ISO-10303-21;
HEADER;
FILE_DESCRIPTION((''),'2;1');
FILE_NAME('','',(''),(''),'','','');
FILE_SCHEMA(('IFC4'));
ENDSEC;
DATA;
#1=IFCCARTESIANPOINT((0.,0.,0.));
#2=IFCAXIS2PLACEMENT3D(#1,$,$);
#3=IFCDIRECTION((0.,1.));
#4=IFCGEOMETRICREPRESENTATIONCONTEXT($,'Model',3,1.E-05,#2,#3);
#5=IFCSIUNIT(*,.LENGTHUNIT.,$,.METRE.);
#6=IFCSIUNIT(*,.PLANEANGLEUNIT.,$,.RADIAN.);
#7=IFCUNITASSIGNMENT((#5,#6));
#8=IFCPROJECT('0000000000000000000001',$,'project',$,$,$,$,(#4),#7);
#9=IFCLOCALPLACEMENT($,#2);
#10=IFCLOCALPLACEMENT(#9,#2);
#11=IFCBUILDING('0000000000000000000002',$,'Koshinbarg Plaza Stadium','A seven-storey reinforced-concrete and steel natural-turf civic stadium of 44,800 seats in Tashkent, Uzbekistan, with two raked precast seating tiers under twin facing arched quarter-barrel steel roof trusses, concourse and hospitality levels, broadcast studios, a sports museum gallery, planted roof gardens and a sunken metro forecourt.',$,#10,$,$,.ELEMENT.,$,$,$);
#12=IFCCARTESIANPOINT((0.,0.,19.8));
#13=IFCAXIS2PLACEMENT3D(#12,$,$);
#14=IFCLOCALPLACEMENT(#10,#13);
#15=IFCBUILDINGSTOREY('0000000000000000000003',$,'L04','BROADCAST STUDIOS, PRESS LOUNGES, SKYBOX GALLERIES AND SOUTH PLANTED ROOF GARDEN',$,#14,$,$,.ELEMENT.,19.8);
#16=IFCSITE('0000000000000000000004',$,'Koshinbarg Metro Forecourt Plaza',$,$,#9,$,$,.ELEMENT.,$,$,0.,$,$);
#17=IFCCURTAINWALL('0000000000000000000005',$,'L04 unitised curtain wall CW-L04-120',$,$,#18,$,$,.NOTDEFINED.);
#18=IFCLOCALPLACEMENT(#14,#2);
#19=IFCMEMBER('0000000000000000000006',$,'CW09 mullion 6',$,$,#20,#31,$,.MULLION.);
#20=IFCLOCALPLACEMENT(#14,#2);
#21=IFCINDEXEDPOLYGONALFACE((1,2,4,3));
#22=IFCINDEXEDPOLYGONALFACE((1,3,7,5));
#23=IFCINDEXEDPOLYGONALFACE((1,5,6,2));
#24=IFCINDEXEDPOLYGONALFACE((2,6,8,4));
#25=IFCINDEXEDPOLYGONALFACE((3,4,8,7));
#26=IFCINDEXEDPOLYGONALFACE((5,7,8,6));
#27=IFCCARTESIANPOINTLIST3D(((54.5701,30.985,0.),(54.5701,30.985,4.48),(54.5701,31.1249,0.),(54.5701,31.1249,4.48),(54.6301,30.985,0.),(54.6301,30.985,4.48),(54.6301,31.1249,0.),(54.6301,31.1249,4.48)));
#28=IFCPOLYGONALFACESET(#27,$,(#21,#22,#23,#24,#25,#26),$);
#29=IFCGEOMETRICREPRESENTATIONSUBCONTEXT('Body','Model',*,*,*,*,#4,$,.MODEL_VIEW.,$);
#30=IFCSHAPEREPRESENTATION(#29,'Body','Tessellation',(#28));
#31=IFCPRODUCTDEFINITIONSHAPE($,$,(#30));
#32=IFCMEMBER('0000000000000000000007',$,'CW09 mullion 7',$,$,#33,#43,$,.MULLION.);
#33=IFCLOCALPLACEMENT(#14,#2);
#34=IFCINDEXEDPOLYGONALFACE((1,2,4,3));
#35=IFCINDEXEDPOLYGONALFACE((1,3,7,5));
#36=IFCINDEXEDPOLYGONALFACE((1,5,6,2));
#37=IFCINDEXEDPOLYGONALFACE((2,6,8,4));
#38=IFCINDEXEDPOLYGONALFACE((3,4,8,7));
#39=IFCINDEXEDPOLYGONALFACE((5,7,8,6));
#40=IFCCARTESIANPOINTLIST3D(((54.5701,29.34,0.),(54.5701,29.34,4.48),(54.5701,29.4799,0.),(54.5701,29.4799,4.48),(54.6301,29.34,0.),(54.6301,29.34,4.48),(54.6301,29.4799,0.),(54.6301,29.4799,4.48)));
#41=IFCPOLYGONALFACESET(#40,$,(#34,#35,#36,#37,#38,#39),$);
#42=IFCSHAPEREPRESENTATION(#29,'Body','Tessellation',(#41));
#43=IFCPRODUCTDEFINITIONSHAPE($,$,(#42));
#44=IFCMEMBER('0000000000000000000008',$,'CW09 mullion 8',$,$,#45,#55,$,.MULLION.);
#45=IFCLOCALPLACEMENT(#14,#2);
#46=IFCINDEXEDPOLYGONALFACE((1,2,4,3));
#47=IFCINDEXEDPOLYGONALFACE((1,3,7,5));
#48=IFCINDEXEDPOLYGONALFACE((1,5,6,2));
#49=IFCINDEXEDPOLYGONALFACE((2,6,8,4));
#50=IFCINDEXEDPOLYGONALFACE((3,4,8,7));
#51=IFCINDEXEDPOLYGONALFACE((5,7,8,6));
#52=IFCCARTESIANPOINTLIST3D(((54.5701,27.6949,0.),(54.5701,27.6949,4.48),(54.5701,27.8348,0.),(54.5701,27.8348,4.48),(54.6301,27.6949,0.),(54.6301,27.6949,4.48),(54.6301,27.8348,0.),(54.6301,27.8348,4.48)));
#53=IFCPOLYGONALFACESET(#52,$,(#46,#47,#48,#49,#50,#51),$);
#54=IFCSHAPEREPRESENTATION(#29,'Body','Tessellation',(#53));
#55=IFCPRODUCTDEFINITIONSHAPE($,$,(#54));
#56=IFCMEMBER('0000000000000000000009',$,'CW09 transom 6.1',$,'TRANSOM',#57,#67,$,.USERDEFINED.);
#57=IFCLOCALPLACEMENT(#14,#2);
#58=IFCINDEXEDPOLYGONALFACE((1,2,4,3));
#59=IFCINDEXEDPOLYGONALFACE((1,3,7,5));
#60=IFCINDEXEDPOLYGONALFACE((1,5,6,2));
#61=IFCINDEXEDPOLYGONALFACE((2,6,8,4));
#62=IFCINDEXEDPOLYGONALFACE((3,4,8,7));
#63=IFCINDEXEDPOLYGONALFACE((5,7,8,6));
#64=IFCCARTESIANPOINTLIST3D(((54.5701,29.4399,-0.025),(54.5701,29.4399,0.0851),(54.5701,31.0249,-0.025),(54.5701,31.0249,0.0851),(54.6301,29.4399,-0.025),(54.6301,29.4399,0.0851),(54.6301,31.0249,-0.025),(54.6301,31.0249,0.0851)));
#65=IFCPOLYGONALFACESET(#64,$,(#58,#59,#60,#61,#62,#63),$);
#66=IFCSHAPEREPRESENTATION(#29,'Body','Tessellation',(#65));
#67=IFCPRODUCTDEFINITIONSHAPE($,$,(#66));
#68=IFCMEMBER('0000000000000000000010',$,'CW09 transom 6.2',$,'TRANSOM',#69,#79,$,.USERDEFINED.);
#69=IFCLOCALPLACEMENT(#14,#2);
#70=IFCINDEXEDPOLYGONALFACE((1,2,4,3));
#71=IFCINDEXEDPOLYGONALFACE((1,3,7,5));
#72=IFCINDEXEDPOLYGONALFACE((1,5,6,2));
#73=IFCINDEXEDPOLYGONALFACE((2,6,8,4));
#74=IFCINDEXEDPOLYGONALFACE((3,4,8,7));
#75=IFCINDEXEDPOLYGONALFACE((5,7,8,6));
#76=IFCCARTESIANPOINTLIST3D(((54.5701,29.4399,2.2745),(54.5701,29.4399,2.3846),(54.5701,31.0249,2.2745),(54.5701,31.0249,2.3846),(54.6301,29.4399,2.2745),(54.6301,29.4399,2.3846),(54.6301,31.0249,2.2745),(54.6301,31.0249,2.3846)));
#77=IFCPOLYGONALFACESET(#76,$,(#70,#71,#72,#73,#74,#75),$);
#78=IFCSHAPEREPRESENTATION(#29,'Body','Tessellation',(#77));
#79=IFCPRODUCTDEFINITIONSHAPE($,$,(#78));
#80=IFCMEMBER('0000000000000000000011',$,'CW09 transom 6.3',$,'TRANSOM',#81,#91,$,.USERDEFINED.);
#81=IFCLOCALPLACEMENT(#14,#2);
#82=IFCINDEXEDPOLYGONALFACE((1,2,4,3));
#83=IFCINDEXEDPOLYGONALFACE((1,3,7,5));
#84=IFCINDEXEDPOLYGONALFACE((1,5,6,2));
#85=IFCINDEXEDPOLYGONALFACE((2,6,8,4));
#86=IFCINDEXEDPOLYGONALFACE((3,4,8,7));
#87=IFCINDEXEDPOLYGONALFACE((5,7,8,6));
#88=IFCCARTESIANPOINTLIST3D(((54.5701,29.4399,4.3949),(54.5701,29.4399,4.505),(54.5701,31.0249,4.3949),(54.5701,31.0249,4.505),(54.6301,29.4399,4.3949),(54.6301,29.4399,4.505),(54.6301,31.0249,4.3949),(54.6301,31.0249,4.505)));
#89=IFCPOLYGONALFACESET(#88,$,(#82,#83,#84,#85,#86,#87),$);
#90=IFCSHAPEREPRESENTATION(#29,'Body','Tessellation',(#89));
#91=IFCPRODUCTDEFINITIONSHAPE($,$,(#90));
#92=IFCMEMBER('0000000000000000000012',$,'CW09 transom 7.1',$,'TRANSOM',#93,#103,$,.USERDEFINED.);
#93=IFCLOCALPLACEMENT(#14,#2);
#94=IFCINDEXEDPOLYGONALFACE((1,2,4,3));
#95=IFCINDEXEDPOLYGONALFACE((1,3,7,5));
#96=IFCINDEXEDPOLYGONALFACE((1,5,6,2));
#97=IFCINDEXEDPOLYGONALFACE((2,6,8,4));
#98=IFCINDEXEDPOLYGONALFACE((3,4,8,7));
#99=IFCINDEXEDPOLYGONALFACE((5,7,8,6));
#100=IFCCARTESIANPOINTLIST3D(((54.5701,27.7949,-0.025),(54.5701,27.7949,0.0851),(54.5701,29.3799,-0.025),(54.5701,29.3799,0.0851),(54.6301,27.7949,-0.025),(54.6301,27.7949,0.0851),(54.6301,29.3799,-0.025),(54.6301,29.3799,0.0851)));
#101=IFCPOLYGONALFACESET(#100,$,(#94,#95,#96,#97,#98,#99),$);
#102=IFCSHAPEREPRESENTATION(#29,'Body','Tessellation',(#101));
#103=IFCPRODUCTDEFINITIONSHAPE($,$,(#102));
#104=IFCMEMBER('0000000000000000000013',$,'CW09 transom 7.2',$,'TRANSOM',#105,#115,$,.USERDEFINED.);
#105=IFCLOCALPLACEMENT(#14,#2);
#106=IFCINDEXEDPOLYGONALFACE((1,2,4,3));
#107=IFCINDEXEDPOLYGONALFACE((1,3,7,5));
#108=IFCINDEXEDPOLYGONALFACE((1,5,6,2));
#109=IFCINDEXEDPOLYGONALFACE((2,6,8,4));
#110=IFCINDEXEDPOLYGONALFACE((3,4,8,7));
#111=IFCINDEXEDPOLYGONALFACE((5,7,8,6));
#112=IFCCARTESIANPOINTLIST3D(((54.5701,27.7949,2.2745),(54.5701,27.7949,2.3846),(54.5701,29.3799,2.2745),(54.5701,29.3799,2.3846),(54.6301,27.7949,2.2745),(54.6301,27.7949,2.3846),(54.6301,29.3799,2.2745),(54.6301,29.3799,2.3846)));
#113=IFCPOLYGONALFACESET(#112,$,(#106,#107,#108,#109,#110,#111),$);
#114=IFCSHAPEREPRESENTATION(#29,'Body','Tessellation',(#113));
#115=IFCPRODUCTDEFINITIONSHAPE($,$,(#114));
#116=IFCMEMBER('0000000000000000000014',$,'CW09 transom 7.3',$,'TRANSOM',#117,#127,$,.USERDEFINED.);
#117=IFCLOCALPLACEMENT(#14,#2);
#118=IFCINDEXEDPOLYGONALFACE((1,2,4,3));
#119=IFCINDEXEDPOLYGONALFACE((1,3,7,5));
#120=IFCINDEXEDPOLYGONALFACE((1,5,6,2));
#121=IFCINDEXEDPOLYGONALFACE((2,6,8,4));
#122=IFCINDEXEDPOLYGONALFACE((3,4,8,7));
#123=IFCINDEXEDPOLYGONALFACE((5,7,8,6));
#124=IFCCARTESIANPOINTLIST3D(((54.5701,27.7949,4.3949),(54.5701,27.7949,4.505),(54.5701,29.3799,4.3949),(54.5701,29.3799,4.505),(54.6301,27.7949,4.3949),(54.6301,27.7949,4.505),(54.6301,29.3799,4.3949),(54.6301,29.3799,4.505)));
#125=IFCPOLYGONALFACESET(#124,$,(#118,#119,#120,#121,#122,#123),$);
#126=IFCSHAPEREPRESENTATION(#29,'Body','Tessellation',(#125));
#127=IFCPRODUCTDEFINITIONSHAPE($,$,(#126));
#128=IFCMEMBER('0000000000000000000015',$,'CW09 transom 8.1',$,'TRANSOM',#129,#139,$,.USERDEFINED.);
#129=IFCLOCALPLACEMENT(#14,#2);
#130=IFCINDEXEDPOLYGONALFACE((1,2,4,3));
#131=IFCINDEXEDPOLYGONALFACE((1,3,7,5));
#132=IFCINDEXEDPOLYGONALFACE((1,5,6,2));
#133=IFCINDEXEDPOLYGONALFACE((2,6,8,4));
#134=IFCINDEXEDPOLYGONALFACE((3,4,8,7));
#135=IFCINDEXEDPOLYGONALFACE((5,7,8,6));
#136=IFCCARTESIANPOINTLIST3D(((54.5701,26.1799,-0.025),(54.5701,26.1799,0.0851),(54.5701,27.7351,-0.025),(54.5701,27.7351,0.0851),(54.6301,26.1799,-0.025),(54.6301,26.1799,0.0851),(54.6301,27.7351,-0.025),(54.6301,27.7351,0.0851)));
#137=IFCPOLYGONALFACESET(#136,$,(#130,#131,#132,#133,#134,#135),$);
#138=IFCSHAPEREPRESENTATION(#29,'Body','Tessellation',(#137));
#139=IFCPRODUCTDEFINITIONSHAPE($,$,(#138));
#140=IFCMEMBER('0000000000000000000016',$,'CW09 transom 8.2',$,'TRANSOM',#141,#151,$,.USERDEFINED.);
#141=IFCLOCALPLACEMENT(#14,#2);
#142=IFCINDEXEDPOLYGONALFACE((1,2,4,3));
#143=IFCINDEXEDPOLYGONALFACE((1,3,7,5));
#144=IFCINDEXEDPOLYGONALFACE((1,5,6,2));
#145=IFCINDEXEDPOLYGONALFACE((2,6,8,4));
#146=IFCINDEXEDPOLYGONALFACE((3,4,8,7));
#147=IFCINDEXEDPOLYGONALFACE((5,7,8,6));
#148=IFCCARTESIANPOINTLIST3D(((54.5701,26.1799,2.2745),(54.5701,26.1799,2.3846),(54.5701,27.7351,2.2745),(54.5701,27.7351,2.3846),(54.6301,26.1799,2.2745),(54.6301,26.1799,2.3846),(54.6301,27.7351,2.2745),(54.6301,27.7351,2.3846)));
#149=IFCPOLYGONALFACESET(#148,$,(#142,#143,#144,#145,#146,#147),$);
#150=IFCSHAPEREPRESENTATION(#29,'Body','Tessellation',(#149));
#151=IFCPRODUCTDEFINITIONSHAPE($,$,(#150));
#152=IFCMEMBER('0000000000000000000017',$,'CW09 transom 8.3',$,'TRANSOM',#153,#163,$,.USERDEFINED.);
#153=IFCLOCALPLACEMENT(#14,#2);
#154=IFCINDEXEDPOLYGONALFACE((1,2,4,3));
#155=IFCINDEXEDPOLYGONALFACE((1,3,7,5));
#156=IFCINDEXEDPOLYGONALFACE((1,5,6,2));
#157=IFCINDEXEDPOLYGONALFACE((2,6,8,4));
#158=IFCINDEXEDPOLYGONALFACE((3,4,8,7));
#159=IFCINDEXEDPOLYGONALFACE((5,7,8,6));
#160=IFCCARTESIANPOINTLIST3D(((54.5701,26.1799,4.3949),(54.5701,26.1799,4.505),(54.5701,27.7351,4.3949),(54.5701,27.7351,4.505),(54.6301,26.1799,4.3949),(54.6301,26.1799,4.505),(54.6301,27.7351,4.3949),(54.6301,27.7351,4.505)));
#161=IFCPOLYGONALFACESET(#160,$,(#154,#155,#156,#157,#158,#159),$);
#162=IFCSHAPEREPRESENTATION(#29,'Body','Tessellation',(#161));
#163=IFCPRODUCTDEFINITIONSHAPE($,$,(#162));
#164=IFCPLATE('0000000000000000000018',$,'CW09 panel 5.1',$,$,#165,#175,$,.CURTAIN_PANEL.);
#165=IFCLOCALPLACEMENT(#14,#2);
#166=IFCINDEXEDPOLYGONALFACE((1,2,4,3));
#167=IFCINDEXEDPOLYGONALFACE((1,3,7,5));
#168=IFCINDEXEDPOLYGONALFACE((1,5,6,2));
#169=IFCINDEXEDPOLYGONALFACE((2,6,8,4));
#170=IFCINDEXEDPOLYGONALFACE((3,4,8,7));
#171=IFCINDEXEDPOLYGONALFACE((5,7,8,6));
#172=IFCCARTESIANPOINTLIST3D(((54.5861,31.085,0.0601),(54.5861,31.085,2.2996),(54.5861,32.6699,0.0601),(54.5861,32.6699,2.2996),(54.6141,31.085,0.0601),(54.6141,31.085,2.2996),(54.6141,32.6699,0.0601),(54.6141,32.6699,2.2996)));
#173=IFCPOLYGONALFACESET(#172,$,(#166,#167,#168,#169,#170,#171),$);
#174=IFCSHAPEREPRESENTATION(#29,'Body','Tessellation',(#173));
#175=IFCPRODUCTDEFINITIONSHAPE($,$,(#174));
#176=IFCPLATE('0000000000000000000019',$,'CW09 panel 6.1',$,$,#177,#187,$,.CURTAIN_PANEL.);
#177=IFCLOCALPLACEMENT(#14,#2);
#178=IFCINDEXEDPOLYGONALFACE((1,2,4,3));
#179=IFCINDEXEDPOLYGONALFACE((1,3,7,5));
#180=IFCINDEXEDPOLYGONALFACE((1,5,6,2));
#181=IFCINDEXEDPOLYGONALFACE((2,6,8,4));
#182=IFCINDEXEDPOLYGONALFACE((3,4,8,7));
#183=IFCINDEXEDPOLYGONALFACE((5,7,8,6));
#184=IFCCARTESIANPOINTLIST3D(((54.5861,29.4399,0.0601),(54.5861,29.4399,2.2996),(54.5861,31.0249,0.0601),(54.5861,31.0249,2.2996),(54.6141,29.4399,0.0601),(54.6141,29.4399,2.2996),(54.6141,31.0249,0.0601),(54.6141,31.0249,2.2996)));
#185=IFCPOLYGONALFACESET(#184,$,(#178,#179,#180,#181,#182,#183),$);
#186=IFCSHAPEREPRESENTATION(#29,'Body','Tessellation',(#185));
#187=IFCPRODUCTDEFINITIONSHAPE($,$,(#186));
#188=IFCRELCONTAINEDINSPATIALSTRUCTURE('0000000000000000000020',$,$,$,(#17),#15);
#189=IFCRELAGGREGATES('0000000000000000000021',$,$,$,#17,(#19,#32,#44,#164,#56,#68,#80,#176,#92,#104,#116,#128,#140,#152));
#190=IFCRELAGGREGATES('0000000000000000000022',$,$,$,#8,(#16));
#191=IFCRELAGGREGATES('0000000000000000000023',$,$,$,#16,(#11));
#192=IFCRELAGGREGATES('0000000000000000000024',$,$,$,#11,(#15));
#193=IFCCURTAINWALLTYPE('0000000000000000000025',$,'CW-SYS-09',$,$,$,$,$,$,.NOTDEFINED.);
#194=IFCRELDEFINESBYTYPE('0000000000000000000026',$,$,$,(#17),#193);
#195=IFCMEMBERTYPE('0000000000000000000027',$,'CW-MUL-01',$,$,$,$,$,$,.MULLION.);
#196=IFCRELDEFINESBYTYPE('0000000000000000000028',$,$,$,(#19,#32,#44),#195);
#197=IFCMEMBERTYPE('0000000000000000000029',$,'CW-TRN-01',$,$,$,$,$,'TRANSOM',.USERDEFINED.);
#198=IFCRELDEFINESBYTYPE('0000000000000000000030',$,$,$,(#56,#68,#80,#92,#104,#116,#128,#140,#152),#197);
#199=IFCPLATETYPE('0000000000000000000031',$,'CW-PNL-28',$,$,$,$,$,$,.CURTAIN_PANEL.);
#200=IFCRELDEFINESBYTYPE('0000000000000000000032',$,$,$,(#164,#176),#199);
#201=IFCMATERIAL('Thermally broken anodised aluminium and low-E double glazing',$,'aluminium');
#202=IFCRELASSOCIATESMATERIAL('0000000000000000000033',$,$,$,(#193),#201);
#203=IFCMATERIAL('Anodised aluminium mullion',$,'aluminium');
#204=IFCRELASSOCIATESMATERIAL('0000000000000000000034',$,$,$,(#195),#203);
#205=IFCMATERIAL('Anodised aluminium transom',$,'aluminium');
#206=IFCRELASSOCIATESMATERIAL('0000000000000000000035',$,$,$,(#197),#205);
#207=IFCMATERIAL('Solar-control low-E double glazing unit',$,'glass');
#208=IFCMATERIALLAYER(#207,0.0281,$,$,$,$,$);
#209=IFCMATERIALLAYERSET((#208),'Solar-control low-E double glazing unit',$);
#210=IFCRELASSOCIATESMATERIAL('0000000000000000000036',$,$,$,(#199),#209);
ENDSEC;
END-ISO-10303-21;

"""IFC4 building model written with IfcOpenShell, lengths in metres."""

from ifc_helpers import new_model, si_unit, direction, frame, origin, origin_2d, place, context, subcontext, project, spatial, rectangle, extrude, material, layer, layer_set, material_profile, profile_set, type_object, element, aggregate, save


model = new_model("IFC4")

# Units and contexts
model_context = context("Model", 3, precision=1e-05, world=origin(), true_north=direction((0.0, 1.0)))
body_context = subcontext(model_context, "Body", "Model", "MODEL_VIEW")
ifc_project = project(units=[si_unit("LENGTHUNIT", "METRE"), si_unit("PLANEANGLEUNIT", "RADIAN")], contexts=[model_context])

# Site, building, storey
site_placement = place(None, origin())
site = spatial("IfcSite", under=ifc_project, at=site_placement, Name="Koshinbarg Metro Forecourt Plaza", CompositionType="ELEMENT", RefElevation=0.0)
building_placement = place(site_placement, origin())
building = spatial("IfcBuilding", under=site, at=building_placement, Name="Koshinbarg Plaza Stadium", Description="A seven-storey reinforced-concrete and steel natural-turf civic stadium of 44,800 seats in Tashkent, Uzbekistan, with two raked precast seating tiers under twin facing arched quarter-barrel steel roof trusses, concourse and hospitality levels, broadcast studios, a sports museum gallery, planted roof gardens and a sunken metro forecourt.", CompositionType="ELEMENT")
storey_placement = place(building_placement, frame((0.0, 0.0, 19.8)))
storey = spatial("IfcBuildingStorey", under=building, at=storey_placement, Name="L04", Description="BROADCAST STUDIOS, PRESS LOUNGES, SKYBOX GALLERIES AND SOUTH PLANTED ROOF GARDEN", CompositionType="ELEMENT", Elevation=19.8)

# Curtain wall, members, plates
ifc_material_1 = material(Name="Thermally broken anodised aluminium and low-E double glazing", Category="aluminium")
curtain_wall_type = type_object("IfcCurtainWallType", Name="CW-SYS-09", PredefinedType="NOTDEFINED", material=ifc_material_1)
curtain_wall_placement = place(storey_placement, origin())
curtain_wall = element("IfcCurtainWall", 1, at=curtain_wall_placement, inside=storey, type_object=curtain_wall_type, Name="L04 unitised curtain wall CW-L04-120", PredefinedType="NOTDEFINED")
ifc_material_2 = material(Name="Anodised aluminium mullion", Category="aluminium")
ifc_material_profile_1 = material_profile(ifc_material_2, rectangle(XDim=0.0601, YDim=0.1399, at=origin_2d()), Name="ALU 60x140")
ifc_profile_set_1 = profile_set([ifc_material_profile_1], Name="Anodised aluminium mullion")
member_type_1 = type_object("IfcMemberType", Name="CW-MUL-01", PredefinedType="MULLION", material=ifc_profile_set_1)
member_1_placement = place(storey_placement, frame((54.6001, 31.0549, 0.0), z_axis=(0.0, 0.0, 1.0), x_axis=(1.0, 0.0, 0.0)))
member_1 = element("IfcMember", 2, at=member_1_placement, type_object=member_type_1, Name="CW09 mullion 6", PredefinedType="MULLION", context=body_context, shape_type="SweptSolid", body=[
    extrude(rectangle(XDim=0.0601, YDim=0.1399, at=origin_2d()), origin(), (0.0, 0.0, 1.0), 4.48),
])
member_2_placement = place(storey_placement, frame((54.6001, 29.4099, 0.0), z_axis=(0.0, 0.0, 1.0), x_axis=(1.0, 0.0, 0.0)))
member_2 = element("IfcMember", 3, at=member_2_placement, type_object=member_type_1, Name="CW09 mullion 7", PredefinedType="MULLION", context=body_context, shape_type="SweptSolid", body=[
    extrude(rectangle(XDim=0.0601, YDim=0.1399, at=origin_2d()), origin(), (0.0, 0.0, 1.0), 4.48),
])
member_3_placement = place(storey_placement, frame((54.6001, 27.7649, 0.0), z_axis=(0.0, 0.0, 1.0), x_axis=(1.0, 0.0, 0.0)))
member_3 = element("IfcMember", 4, at=member_3_placement, type_object=member_type_1, Name="CW09 mullion 8", PredefinedType="MULLION", context=body_context, shape_type="SweptSolid", body=[
    extrude(rectangle(XDim=0.0601, YDim=0.1399, at=origin_2d()), origin(), (0.0, 0.0, 1.0), 4.48),
])
ifc_material_3 = material(Name="Anodised aluminium transom", Category="aluminium")
ifc_material_profile_2 = material_profile(ifc_material_3, rectangle(XDim=0.0601, YDim=0.1101, at=origin_2d()), Name="ALU 60x110")
ifc_profile_set_2 = profile_set([ifc_material_profile_2], Name="Anodised aluminium transom")
member_type_2 = type_object("IfcMemberType", Name="CW-TRN-01", ElementType="TRANSOM", PredefinedType="USERDEFINED", material=ifc_profile_set_2)
member_4_placement = place(storey_placement, frame((54.6001, 31.0249, 0.03), z_axis=(0.0, -1.0, 0.0), x_axis=(1.0, 0.0, 0.0)))
member_4 = element("IfcMember", 5, at=member_4_placement, type_object=member_type_2, Name="CW09 transom 6.1", ObjectType="TRANSOM", PredefinedType="USERDEFINED", context=body_context, shape_type="SweptSolid", body=[
    extrude(rectangle(XDim=0.0601, YDim=0.1101, at=origin_2d()), origin(), (0.0, 0.0, 1.0), 1.585),
])
member_5_placement = place(storey_placement, frame((54.6001, 31.0249, 2.3296), z_axis=(0.0, -1.0, 0.0), x_axis=(1.0, 0.0, 0.0)))
member_5 = element("IfcMember", 6, at=member_5_placement, type_object=member_type_2, Name="CW09 transom 6.2", ObjectType="TRANSOM", PredefinedType="USERDEFINED", context=body_context, shape_type="SweptSolid", body=[
    extrude(rectangle(XDim=0.0601, YDim=0.1101, at=origin_2d()), origin(), (0.0, 0.0, 1.0), 1.585),
])
member_6_placement = place(storey_placement, frame((54.6001, 31.0249, 4.45), z_axis=(0.0, -1.0, 0.0), x_axis=(1.0, 0.0, 0.0)))
member_6 = element("IfcMember", 7, at=member_6_placement, type_object=member_type_2, Name="CW09 transom 6.3", ObjectType="TRANSOM", PredefinedType="USERDEFINED", context=body_context, shape_type="SweptSolid", body=[
    extrude(rectangle(XDim=0.0601, YDim=0.1101, at=origin_2d()), origin(), (0.0, 0.0, 1.0), 1.585),
])
member_7_placement = place(storey_placement, frame((54.6001, 29.3799, 0.03), z_axis=(0.0, -1.0, 0.0), x_axis=(1.0, 0.0, 0.0)))
member_7 = element("IfcMember", 8, at=member_7_placement, type_object=member_type_2, Name="CW09 transom 7.1", ObjectType="TRANSOM", PredefinedType="USERDEFINED", context=body_context, shape_type="SweptSolid", body=[
    extrude(rectangle(XDim=0.0601, YDim=0.1101, at=origin_2d()), origin(), (0.0, 0.0, 1.0), 1.585),
])
member_8_placement = place(storey_placement, frame((54.6001, 29.3799, 2.3296), z_axis=(0.0, -1.0, 0.0), x_axis=(1.0, 0.0, 0.0)))
member_8 = element("IfcMember", 9, at=member_8_placement, type_object=member_type_2, Name="CW09 transom 7.2", ObjectType="TRANSOM", PredefinedType="USERDEFINED", context=body_context, shape_type="SweptSolid", body=[
    extrude(rectangle(XDim=0.0601, YDim=0.1101, at=origin_2d()), origin(), (0.0, 0.0, 1.0), 1.585),
])
member_9_placement = place(storey_placement, frame((54.6001, 29.3799, 4.45), z_axis=(0.0, -1.0, 0.0), x_axis=(1.0, 0.0, 0.0)))
member_9 = element("IfcMember", 10, at=member_9_placement, type_object=member_type_2, Name="CW09 transom 7.3", ObjectType="TRANSOM", PredefinedType="USERDEFINED", context=body_context, shape_type="SweptSolid", body=[
    extrude(rectangle(XDim=0.0601, YDim=0.1101, at=origin_2d()), origin(), (0.0, 0.0, 1.0), 1.585),
])
member_10_placement = place(storey_placement, frame((54.6001, 27.7351, 0.03), z_axis=(0.0, -1.0, 0.0), x_axis=(1.0, 0.0, 0.0)))
member_10 = element("IfcMember", 11, at=member_10_placement, type_object=member_type_2, Name="CW09 transom 8.1", ObjectType="TRANSOM", PredefinedType="USERDEFINED", context=body_context, shape_type="SweptSolid", body=[
    extrude(rectangle(XDim=0.0601, YDim=0.1101, at=origin_2d()), origin(), (0.0, 0.0, 1.0), 1.5552),
])
member_11_placement = place(storey_placement, frame((54.6001, 27.7351, 2.3296), z_axis=(0.0, -1.0, 0.0), x_axis=(1.0, 0.0, 0.0)))
member_11 = element("IfcMember", 12, at=member_11_placement, type_object=member_type_2, Name="CW09 transom 8.2", ObjectType="TRANSOM", PredefinedType="USERDEFINED", context=body_context, shape_type="SweptSolid", body=[
    extrude(rectangle(XDim=0.0601, YDim=0.1101, at=origin_2d()), origin(), (0.0, 0.0, 1.0), 1.5552),
])
member_12_placement = place(storey_placement, frame((54.6001, 27.7351, 4.45), z_axis=(0.0, -1.0, 0.0), x_axis=(1.0, 0.0, 0.0)))
member_12 = element("IfcMember", 13, at=member_12_placement, type_object=member_type_2, Name="CW09 transom 8.3", ObjectType="TRANSOM", PredefinedType="USERDEFINED", context=body_context, shape_type="SweptSolid", body=[
    extrude(rectangle(XDim=0.0601, YDim=0.1101, at=origin_2d()), origin(), (0.0, 0.0, 1.0), 1.5552),
])
ifc_material_4 = material(Name="Solar-control low-E double glazing unit", Category="glass")
ifc_layer = layer(ifc_material_4, 0.0281)
ifc_layer_set = layer_set([ifc_layer], Name="Solar-control low-E double glazing unit")
plate_type = type_object("IfcPlateType", Name="CW-PNL-28", PredefinedType="CURTAIN_PANEL", material=ifc_layer_set)
plate_1_placement = place(storey_placement, frame((54.6001, 31.8774, 0.0601), z_axis=(0.0, 0.0, 1.0), x_axis=(0.0, -1.0, 0.0)))
plate_1 = element("IfcPlate", 14, at=plate_1_placement, type_object=plate_type, Name="CW09 panel 5.1", PredefinedType="CURTAIN_PANEL", context=body_context, shape_type="SweptSolid", body=[
    extrude(rectangle(XDim=1.585, YDim=0.0281, at=origin_2d()), origin(), (0.0, 0.0, 1.0), 2.2395),
])
plate_2_placement = place(storey_placement, frame((54.6001, 30.2324, 0.0601), z_axis=(0.0, 0.0, 1.0), x_axis=(0.0, -1.0, 0.0)))
plate_2 = element("IfcPlate", 15, at=plate_2_placement, type_object=plate_type, Name="CW09 panel 6.1", PredefinedType="CURTAIN_PANEL", context=body_context, shape_type="SweptSolid", body=[
    extrude(rectangle(XDim=1.585, YDim=0.0281, at=origin_2d()), origin(), (0.0, 0.0, 1.0), 2.2395),
])
aggregate(curtain_wall, [member_1, member_2, member_3, plate_1, member_4, member_5, member_6, plate_2, member_7, member_8, member_9, member_10, member_11, member_12])

save(model, "model.ifc")
